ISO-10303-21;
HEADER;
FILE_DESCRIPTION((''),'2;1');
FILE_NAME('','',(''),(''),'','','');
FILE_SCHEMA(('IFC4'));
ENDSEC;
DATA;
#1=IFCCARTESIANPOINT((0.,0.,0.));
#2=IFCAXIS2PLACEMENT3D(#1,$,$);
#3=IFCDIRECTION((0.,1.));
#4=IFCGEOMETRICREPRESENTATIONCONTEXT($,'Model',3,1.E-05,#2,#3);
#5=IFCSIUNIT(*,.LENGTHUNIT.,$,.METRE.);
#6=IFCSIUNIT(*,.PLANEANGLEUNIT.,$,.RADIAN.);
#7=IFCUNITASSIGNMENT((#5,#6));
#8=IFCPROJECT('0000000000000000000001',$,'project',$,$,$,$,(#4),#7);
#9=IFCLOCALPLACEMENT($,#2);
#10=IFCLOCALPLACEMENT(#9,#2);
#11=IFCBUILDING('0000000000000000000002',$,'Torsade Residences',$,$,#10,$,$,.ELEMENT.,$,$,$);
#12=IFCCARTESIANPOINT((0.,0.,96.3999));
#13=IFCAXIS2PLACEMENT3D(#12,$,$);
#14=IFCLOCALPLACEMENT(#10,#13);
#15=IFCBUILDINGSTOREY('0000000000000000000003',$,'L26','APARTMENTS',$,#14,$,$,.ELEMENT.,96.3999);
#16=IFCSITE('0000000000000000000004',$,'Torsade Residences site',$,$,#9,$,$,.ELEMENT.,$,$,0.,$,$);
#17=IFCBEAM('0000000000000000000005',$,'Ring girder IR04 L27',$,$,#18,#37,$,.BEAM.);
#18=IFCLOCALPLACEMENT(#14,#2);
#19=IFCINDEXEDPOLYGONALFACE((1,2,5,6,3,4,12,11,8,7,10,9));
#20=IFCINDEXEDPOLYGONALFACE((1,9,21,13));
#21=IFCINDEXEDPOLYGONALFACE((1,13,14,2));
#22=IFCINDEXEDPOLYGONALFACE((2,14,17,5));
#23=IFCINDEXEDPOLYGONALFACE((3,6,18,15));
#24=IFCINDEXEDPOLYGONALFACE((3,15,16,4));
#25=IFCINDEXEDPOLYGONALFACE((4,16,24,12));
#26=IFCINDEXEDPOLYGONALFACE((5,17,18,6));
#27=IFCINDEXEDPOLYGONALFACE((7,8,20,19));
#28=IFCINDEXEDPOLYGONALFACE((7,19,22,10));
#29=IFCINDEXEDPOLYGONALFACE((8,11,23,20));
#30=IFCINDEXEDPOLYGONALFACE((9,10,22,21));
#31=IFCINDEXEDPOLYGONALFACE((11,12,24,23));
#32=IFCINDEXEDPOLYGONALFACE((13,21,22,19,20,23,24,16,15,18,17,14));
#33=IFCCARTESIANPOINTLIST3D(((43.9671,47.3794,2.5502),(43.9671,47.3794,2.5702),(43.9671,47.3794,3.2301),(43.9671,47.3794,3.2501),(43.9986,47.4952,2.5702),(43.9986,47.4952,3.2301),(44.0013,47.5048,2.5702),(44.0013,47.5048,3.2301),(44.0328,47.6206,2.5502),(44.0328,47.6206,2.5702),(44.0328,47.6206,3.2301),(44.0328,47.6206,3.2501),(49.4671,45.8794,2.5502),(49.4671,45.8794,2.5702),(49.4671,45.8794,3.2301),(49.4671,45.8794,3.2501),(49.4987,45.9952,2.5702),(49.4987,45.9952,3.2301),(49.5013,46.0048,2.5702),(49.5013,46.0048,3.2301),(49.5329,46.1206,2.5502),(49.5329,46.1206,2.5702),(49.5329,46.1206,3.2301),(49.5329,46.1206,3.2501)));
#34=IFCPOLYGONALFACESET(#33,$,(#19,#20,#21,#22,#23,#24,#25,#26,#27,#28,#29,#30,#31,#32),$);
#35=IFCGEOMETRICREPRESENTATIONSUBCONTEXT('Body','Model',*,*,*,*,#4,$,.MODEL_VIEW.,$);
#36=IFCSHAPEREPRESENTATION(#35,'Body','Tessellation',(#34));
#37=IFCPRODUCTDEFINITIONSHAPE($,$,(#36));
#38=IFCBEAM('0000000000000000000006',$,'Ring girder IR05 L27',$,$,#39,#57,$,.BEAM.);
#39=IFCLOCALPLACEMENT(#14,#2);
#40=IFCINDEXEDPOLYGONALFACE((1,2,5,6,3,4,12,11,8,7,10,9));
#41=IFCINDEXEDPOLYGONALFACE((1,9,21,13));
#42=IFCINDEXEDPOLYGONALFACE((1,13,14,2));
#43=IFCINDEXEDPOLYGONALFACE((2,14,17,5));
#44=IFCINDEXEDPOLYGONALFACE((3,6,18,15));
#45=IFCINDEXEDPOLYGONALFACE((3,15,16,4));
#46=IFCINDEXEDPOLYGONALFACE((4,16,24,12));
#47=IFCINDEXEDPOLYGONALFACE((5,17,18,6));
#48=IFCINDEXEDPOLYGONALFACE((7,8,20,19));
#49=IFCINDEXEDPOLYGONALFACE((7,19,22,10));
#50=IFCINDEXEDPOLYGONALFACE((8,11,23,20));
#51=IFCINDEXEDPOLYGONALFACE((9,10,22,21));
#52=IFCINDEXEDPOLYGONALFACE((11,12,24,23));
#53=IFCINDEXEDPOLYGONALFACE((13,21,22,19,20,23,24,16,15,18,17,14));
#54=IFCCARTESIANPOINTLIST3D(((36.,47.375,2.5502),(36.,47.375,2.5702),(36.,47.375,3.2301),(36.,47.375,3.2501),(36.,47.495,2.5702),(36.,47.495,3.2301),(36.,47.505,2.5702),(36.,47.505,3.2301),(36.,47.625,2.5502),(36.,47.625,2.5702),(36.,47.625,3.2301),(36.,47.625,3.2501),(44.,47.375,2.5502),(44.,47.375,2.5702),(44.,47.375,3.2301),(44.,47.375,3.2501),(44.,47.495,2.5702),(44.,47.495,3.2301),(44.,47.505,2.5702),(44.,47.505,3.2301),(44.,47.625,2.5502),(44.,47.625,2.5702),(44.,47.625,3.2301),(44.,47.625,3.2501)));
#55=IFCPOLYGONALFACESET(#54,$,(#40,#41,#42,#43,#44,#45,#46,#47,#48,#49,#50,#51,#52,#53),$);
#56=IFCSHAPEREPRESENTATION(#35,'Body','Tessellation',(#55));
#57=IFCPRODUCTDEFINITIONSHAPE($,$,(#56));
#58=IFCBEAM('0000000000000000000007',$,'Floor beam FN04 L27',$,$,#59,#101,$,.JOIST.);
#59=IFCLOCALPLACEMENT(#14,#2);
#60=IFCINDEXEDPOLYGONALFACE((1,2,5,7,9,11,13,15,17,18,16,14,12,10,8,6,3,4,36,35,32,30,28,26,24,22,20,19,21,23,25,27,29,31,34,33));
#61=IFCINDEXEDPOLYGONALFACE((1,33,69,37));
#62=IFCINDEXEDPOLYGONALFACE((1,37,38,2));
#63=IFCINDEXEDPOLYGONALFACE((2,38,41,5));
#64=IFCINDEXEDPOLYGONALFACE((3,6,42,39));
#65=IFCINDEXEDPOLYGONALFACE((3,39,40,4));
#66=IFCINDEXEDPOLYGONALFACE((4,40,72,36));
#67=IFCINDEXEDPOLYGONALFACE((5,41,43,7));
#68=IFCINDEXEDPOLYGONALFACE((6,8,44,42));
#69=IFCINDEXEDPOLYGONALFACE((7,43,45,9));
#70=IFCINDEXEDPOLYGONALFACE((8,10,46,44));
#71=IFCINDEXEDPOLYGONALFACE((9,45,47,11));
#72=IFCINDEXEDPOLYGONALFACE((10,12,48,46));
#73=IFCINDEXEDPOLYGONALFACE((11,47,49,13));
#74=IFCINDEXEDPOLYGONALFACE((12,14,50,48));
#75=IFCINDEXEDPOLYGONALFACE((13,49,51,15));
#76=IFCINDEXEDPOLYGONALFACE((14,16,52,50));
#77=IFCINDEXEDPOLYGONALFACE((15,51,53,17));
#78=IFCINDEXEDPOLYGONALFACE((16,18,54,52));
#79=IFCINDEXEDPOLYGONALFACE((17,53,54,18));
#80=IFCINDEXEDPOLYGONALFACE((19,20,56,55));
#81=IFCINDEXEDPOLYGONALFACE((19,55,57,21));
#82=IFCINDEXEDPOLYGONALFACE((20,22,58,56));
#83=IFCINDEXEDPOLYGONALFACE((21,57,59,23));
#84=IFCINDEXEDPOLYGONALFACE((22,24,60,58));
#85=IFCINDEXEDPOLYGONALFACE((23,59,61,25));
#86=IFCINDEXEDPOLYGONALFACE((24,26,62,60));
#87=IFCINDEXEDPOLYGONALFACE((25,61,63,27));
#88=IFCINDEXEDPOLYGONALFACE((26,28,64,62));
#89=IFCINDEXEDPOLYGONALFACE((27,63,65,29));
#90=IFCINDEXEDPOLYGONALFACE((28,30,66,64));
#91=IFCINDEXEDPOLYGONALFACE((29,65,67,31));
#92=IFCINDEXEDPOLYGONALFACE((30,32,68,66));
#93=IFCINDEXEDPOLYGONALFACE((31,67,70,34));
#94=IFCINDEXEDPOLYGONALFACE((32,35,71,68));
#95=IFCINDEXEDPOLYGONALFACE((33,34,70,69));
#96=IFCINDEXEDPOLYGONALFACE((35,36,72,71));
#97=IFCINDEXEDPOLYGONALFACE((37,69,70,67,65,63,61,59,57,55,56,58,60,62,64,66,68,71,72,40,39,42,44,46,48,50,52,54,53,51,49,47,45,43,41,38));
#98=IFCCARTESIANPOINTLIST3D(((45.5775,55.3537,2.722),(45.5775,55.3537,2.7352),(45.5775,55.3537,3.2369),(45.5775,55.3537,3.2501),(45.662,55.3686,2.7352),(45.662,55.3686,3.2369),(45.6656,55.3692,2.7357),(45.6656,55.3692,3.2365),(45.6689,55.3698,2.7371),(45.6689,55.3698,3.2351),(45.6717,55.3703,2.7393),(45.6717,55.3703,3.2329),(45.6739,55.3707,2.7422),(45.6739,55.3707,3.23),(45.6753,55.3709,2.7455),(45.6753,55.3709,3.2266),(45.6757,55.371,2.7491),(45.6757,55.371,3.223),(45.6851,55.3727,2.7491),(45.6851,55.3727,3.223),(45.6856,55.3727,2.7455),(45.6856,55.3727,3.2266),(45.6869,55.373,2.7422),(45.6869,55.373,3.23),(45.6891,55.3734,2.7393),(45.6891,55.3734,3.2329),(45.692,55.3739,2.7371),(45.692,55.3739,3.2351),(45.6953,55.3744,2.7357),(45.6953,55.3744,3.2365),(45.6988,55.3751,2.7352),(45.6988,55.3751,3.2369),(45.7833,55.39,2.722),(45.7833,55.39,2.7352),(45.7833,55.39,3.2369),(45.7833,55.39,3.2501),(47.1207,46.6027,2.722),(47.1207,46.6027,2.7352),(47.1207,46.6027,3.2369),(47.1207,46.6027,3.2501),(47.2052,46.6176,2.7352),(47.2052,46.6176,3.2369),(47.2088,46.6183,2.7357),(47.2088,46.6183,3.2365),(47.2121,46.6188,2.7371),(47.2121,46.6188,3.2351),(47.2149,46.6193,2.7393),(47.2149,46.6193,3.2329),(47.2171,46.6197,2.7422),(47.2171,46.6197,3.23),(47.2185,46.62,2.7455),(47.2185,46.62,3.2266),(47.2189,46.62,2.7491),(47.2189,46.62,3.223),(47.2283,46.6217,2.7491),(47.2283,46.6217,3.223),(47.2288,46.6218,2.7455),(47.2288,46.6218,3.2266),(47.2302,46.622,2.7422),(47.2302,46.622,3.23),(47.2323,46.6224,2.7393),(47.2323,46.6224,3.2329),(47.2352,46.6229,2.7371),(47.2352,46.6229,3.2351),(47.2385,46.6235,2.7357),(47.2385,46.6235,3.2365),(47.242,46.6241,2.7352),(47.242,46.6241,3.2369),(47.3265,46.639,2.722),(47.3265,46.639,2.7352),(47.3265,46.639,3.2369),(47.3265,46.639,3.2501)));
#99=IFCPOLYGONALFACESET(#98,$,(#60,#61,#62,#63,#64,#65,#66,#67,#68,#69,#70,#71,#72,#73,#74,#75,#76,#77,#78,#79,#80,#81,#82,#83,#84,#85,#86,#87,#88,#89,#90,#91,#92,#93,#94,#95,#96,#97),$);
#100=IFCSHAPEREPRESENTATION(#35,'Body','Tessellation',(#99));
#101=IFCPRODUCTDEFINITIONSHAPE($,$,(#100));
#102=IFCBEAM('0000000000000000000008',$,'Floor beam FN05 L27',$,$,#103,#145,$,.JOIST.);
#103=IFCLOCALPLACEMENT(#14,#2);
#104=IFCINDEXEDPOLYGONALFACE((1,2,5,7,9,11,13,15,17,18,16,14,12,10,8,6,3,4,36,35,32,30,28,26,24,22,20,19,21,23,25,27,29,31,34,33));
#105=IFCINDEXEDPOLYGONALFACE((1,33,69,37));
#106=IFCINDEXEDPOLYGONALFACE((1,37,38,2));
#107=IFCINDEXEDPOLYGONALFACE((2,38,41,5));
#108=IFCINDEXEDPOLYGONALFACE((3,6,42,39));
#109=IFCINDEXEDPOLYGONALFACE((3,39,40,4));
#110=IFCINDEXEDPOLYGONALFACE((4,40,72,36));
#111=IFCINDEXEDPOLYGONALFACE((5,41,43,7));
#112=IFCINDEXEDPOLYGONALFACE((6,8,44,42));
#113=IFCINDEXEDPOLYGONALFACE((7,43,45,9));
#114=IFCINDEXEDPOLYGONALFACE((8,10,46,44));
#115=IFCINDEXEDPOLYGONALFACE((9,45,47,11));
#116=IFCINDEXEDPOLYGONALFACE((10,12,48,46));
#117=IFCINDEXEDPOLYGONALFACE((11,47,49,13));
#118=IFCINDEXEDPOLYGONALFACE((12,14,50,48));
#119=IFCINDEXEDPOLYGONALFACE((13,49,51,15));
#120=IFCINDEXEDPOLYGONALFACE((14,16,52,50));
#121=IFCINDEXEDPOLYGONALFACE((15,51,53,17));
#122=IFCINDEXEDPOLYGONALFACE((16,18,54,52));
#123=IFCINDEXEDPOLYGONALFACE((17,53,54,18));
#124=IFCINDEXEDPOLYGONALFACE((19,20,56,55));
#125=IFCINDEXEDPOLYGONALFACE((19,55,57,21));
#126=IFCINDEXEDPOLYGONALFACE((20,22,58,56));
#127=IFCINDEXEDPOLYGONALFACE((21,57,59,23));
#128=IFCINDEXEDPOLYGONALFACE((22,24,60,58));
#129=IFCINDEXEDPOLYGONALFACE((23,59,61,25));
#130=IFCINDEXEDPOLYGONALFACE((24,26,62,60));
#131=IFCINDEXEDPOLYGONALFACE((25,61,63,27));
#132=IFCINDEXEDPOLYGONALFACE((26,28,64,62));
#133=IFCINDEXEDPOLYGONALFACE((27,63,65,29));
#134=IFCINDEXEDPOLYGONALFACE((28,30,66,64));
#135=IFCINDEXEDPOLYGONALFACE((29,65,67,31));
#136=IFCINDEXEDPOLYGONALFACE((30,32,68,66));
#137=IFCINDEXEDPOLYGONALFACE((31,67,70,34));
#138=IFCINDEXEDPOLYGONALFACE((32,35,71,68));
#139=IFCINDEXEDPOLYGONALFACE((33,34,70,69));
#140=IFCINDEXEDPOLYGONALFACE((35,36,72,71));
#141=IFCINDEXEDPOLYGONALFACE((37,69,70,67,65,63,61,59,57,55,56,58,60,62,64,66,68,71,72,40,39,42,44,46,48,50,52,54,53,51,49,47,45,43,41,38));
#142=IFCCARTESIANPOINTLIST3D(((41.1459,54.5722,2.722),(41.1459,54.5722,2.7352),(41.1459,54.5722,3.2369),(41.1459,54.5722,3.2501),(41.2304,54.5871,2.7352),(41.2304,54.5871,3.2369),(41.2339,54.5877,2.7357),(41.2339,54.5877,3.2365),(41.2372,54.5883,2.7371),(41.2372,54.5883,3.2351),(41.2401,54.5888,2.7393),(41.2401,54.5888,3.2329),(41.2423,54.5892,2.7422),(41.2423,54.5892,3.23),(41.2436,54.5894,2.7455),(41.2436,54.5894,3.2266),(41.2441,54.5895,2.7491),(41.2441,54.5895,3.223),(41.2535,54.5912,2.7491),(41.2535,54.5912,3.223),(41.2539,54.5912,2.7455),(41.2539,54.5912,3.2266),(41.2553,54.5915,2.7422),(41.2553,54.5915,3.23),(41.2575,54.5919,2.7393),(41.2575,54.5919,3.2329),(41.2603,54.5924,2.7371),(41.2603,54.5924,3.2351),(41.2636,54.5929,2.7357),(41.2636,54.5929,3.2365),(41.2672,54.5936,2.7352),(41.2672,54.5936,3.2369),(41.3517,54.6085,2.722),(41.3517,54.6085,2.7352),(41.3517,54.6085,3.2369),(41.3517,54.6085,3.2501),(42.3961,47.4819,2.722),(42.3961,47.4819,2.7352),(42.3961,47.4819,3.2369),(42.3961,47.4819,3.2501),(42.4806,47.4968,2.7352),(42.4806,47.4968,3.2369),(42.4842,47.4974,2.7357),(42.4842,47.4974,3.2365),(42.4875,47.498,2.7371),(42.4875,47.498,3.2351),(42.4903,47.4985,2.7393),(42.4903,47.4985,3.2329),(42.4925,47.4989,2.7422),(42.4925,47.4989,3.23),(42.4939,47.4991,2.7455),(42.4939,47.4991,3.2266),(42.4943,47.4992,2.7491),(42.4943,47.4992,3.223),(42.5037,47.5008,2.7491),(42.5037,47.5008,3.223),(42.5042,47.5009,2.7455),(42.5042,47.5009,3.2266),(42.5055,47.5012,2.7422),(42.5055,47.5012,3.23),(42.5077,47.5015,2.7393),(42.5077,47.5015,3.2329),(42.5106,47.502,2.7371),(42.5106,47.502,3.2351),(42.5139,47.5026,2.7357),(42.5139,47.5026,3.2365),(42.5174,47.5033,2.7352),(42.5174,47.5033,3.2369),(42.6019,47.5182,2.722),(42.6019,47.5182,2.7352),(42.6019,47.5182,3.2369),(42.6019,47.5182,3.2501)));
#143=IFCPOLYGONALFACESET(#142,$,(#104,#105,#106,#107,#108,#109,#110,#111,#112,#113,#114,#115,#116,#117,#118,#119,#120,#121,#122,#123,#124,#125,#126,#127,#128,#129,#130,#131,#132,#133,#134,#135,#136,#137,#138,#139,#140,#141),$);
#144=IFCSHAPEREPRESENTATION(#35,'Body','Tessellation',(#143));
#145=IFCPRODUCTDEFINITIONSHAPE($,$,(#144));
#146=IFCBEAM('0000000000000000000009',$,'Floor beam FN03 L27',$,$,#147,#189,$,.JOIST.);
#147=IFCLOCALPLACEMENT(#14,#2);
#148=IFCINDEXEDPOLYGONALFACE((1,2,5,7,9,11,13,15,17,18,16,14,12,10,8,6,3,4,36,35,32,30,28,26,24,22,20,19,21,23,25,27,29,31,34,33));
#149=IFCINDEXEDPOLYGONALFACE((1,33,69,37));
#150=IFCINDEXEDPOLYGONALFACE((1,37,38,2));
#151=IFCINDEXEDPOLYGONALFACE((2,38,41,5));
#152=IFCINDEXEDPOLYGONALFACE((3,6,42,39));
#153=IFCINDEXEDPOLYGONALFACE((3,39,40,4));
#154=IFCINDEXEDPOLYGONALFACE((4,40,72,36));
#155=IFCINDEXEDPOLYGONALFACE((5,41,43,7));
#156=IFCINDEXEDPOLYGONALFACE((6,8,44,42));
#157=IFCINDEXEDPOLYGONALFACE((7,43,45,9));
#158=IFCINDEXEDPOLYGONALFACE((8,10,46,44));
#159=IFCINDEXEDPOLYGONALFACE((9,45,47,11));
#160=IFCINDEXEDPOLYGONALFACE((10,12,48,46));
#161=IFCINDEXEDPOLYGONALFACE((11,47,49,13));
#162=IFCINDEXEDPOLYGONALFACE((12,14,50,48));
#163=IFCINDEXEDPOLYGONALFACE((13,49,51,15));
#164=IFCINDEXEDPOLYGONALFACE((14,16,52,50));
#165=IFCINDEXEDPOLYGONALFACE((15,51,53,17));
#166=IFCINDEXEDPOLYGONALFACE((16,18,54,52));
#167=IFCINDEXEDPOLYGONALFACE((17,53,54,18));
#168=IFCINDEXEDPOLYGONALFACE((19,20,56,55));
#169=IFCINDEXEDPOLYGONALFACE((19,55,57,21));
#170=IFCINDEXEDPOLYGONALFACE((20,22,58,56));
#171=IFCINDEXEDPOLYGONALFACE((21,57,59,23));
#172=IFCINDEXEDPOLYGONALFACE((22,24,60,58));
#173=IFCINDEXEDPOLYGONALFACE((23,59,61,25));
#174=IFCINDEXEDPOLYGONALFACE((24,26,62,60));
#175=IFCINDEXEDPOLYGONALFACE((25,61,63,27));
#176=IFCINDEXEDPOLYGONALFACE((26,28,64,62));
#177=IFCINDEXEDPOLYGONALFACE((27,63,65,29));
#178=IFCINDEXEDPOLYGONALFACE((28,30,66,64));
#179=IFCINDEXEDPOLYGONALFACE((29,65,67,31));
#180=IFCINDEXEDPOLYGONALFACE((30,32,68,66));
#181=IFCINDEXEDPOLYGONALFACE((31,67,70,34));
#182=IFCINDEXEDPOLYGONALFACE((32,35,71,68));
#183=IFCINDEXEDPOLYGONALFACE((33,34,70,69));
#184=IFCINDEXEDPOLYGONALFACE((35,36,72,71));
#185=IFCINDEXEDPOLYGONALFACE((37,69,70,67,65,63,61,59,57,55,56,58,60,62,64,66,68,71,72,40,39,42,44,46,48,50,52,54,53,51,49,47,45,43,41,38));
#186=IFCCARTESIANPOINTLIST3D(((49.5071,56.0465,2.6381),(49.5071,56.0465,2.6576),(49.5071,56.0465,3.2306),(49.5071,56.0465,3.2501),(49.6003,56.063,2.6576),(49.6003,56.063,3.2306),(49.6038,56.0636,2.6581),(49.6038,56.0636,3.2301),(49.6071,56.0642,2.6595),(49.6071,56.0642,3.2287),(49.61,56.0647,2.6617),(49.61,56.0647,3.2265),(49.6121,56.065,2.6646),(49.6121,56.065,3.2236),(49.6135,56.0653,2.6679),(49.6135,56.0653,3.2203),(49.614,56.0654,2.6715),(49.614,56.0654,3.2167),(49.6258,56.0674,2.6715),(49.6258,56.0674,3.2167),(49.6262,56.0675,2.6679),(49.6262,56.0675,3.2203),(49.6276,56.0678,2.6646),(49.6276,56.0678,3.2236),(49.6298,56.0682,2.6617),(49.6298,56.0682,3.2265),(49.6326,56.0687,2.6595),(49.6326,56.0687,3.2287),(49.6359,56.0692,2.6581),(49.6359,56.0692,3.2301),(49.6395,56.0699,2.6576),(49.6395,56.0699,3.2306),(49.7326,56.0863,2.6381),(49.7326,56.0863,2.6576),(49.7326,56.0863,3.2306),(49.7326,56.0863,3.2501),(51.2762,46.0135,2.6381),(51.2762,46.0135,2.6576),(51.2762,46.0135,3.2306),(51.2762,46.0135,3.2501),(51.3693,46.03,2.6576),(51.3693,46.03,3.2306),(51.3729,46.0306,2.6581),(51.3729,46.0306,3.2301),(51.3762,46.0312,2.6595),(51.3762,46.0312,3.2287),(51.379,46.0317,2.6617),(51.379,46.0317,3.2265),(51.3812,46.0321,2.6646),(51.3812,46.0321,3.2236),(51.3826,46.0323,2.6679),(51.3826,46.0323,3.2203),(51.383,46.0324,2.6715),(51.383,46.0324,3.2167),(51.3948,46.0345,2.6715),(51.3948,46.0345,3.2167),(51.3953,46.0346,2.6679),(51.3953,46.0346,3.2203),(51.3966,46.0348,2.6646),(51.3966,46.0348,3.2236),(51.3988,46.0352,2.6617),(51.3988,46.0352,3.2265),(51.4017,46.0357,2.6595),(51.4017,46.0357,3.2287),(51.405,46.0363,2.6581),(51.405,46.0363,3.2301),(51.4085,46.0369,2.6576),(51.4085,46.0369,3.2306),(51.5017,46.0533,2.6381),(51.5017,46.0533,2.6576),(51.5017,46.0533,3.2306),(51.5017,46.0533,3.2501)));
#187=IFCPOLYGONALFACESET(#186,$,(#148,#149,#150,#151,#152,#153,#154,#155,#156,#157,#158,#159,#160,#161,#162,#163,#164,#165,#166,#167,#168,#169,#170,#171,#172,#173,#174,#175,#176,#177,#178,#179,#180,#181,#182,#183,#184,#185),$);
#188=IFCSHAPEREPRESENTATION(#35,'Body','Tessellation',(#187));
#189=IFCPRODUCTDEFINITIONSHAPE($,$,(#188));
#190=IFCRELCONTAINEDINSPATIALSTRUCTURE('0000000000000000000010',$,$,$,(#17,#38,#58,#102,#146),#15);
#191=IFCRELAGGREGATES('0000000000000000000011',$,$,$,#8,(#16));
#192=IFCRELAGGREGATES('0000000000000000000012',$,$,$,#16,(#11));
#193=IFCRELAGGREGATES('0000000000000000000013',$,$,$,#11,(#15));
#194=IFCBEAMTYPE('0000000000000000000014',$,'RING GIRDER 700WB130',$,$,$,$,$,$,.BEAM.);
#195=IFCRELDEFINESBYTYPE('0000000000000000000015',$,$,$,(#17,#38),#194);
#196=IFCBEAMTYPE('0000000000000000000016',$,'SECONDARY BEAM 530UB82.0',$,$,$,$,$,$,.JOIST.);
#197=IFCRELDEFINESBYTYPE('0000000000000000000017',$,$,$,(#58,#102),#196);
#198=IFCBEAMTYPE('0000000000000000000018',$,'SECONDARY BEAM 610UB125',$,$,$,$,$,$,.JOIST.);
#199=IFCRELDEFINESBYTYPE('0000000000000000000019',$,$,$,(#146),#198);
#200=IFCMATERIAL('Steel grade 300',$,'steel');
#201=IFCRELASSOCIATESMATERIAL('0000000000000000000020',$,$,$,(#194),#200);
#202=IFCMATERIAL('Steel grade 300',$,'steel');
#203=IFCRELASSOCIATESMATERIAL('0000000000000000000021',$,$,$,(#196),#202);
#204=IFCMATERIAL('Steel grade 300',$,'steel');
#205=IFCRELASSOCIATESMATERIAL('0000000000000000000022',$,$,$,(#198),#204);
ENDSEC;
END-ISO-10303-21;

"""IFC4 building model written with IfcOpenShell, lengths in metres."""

from ifc_helpers import new_model, si_unit, direction, frame, origin, origin_2d, place, context, subcontext, project, spatial, i_section, extrude, material, material_profile, profile_set, type_object, element, save


model = new_model("IFC4")

# Units and contexts
model_context = context("Model", 3, precision=1e-05, world=origin(), true_north=direction((0.0, 1.0)))
body_context = subcontext(model_context, "Body", "Model", "MODEL_VIEW")
ifc_project = project(units=[si_unit("LENGTHUNIT", "METRE"), si_unit("PLANEANGLEUNIT", "RADIAN")], contexts=[model_context])

# Site, building, storey
site_placement = place(None, origin())
site = spatial("IfcSite", under=ifc_project, at=site_placement, Name="Torsade Residences site", CompositionType="ELEMENT", RefElevation=0.0)
building_placement = place(site_placement, origin())
building = spatial("IfcBuilding", under=site, at=building_placement, Name="Torsade Residences", CompositionType="ELEMENT")
storey_placement = place(building_placement, frame((0.0, 0.0, 96.3999)))
storey = spatial("IfcBuildingStorey", under=building, at=storey_placement, Name="L26", Description="APARTMENTS", CompositionType="ELEMENT", Elevation=96.3999)

# Beams
ifc_material_1 = material(Name="Steel grade 300", Category="steel")
ifc_material_profile_1 = material_profile(ifc_material_1, i_section(OverallWidth=0.25, OverallDepth=0.7, WebThickness=0.01, FlangeThickness=0.02, at=origin_2d()), Name="700WB130")
ifc_profile_set_1 = profile_set([ifc_material_profile_1], Name="Steel grade 300")
beam_type_1 = type_object("IfcBeamType", Name="RING GIRDER 700WB130", PredefinedType="BEAM", material=ifc_profile_set_1)
beam_1_placement = place(storey_placement, frame((49.5, 46.0, 2.9001), z_axis=(-0.964764, 0.263117, 0.0), x_axis=(-0.263117, -0.964764, 0.0)))
element("IfcBeam", 1, at=beam_1_placement, inside=storey, type_object=beam_type_1, Name="Ring girder IR04 L27", PredefinedType="BEAM", context=body_context, shape_type="SweptSolid", body=[
    extrude(i_section(OverallWidth=0.25, OverallDepth=0.7, WebThickness=0.01, FlangeThickness=0.02, at=origin_2d()), origin(), (0.0, 0.0, 1.0), 5.7009),
])
beam_2_placement = place(storey_placement, frame((44.0, 47.5, 2.9001), z_axis=(-1.0, 0.0, 0.0), x_axis=(0.0, -1.0, 0.0)))
element("IfcBeam", 2, at=beam_2_placement, inside=storey, type_object=beam_type_1, Name="Ring girder IR05 L27", PredefinedType="BEAM", context=body_context, shape_type="SweptSolid", body=[
    extrude(i_section(OverallWidth=0.25, OverallDepth=0.7, WebThickness=0.01, FlangeThickness=0.02, at=origin_2d()), origin(), (0.0, 0.0, 1.0), 8.0),
])
ifc_material_2 = material(Name="Steel grade 300", Category="steel")
ifc_material_profile_2 = material_profile(ifc_material_2, i_section(OverallWidth=0.209, OverallDepth=0.5281, WebThickness=0.0095, FlangeThickness=0.0132, FilletRadius=0.0139, at=origin_2d()), Name="530UB82.0")
ifc_profile_set_2 = profile_set([ifc_material_profile_2], Name="Steel grade 300")
beam_type_2 = type_object("IfcBeamType", Name="SECONDARY BEAM 530UB82.0", PredefinedType="JOIST", material=ifc_profile_set_2)
beam_3_placement = place(storey_placement, frame((45.6804, 55.3718, 2.9861), z_axis=(0.173668, -0.984804, 0.0), x_axis=(0.984804, 0.173668, 0.0)))
element("IfcBeam", 3, at=beam_3_placement, inside=storey, type_object=beam_type_2, Name="Floor beam FN04 L27", PredefinedType="JOIST", context=body_context, shape_type="SweptSolid", body=[
    extrude(i_section(OverallWidth=0.209, OverallDepth=0.5281, WebThickness=0.0095, FlangeThickness=0.0132, FilletRadius=0.0139, at=origin_2d()), origin(), (0.0, 0.0, 1.0), 8.886),
])
beam_4_placement = place(storey_placement, frame((41.2488, 54.5903, 2.9861), z_axis=(0.173652, -0.984807, 0.0), x_axis=(0.984807, 0.173652, 0.0)))
element("IfcBeam", 4, at=beam_4_placement, inside=storey, type_object=beam_type_2, Name="Floor beam FN05 L27", PredefinedType="JOIST", context=body_context, shape_type="SweptSolid", body=[
    extrude(i_section(OverallWidth=0.209, OverallDepth=0.5281, WebThickness=0.0095, FlangeThickness=0.0132, FilletRadius=0.0139, at=origin_2d()), origin(), (0.0, 0.0, 1.0), 7.1997),
])
ifc_material_3 = material(Name="Steel grade 300", Category="steel")
ifc_material_profile_3 = material_profile(ifc_material_3, i_section(OverallWidth=0.229, OverallDepth=0.6121, WebThickness=0.012, FlangeThickness=0.0195, FilletRadius=0.0139, at=origin_2d()), Name="610UB125")
ifc_profile_set_3 = profile_set([ifc_material_profile_3], Name="Steel grade 300")
beam_type_3 = type_object("IfcBeamType", Name="SECONDARY BEAM 610UB125", PredefinedType="JOIST", material=ifc_profile_set_3)
beam_5_placement = place(storey_placement, frame((49.6199, 56.0664, 2.9441), z_axis=(0.173645, -0.984808, 0.0), x_axis=(0.984808, 0.173645, 0.0)))
element("IfcBeam", 5, at=beam_5_placement, inside=storey, type_object=beam_type_3, Name="Floor beam FN03 L27", PredefinedType="JOIST", context=body_context, shape_type="SweptSolid", body=[
    extrude(i_section(OverallWidth=0.229, OverallDepth=0.6121, WebThickness=0.012, FlangeThickness=0.0195, FilletRadius=0.0139, at=origin_2d()), origin(), (0.0, 0.0, 1.0), 10.1877),
])

save(model, "model.ifc")
